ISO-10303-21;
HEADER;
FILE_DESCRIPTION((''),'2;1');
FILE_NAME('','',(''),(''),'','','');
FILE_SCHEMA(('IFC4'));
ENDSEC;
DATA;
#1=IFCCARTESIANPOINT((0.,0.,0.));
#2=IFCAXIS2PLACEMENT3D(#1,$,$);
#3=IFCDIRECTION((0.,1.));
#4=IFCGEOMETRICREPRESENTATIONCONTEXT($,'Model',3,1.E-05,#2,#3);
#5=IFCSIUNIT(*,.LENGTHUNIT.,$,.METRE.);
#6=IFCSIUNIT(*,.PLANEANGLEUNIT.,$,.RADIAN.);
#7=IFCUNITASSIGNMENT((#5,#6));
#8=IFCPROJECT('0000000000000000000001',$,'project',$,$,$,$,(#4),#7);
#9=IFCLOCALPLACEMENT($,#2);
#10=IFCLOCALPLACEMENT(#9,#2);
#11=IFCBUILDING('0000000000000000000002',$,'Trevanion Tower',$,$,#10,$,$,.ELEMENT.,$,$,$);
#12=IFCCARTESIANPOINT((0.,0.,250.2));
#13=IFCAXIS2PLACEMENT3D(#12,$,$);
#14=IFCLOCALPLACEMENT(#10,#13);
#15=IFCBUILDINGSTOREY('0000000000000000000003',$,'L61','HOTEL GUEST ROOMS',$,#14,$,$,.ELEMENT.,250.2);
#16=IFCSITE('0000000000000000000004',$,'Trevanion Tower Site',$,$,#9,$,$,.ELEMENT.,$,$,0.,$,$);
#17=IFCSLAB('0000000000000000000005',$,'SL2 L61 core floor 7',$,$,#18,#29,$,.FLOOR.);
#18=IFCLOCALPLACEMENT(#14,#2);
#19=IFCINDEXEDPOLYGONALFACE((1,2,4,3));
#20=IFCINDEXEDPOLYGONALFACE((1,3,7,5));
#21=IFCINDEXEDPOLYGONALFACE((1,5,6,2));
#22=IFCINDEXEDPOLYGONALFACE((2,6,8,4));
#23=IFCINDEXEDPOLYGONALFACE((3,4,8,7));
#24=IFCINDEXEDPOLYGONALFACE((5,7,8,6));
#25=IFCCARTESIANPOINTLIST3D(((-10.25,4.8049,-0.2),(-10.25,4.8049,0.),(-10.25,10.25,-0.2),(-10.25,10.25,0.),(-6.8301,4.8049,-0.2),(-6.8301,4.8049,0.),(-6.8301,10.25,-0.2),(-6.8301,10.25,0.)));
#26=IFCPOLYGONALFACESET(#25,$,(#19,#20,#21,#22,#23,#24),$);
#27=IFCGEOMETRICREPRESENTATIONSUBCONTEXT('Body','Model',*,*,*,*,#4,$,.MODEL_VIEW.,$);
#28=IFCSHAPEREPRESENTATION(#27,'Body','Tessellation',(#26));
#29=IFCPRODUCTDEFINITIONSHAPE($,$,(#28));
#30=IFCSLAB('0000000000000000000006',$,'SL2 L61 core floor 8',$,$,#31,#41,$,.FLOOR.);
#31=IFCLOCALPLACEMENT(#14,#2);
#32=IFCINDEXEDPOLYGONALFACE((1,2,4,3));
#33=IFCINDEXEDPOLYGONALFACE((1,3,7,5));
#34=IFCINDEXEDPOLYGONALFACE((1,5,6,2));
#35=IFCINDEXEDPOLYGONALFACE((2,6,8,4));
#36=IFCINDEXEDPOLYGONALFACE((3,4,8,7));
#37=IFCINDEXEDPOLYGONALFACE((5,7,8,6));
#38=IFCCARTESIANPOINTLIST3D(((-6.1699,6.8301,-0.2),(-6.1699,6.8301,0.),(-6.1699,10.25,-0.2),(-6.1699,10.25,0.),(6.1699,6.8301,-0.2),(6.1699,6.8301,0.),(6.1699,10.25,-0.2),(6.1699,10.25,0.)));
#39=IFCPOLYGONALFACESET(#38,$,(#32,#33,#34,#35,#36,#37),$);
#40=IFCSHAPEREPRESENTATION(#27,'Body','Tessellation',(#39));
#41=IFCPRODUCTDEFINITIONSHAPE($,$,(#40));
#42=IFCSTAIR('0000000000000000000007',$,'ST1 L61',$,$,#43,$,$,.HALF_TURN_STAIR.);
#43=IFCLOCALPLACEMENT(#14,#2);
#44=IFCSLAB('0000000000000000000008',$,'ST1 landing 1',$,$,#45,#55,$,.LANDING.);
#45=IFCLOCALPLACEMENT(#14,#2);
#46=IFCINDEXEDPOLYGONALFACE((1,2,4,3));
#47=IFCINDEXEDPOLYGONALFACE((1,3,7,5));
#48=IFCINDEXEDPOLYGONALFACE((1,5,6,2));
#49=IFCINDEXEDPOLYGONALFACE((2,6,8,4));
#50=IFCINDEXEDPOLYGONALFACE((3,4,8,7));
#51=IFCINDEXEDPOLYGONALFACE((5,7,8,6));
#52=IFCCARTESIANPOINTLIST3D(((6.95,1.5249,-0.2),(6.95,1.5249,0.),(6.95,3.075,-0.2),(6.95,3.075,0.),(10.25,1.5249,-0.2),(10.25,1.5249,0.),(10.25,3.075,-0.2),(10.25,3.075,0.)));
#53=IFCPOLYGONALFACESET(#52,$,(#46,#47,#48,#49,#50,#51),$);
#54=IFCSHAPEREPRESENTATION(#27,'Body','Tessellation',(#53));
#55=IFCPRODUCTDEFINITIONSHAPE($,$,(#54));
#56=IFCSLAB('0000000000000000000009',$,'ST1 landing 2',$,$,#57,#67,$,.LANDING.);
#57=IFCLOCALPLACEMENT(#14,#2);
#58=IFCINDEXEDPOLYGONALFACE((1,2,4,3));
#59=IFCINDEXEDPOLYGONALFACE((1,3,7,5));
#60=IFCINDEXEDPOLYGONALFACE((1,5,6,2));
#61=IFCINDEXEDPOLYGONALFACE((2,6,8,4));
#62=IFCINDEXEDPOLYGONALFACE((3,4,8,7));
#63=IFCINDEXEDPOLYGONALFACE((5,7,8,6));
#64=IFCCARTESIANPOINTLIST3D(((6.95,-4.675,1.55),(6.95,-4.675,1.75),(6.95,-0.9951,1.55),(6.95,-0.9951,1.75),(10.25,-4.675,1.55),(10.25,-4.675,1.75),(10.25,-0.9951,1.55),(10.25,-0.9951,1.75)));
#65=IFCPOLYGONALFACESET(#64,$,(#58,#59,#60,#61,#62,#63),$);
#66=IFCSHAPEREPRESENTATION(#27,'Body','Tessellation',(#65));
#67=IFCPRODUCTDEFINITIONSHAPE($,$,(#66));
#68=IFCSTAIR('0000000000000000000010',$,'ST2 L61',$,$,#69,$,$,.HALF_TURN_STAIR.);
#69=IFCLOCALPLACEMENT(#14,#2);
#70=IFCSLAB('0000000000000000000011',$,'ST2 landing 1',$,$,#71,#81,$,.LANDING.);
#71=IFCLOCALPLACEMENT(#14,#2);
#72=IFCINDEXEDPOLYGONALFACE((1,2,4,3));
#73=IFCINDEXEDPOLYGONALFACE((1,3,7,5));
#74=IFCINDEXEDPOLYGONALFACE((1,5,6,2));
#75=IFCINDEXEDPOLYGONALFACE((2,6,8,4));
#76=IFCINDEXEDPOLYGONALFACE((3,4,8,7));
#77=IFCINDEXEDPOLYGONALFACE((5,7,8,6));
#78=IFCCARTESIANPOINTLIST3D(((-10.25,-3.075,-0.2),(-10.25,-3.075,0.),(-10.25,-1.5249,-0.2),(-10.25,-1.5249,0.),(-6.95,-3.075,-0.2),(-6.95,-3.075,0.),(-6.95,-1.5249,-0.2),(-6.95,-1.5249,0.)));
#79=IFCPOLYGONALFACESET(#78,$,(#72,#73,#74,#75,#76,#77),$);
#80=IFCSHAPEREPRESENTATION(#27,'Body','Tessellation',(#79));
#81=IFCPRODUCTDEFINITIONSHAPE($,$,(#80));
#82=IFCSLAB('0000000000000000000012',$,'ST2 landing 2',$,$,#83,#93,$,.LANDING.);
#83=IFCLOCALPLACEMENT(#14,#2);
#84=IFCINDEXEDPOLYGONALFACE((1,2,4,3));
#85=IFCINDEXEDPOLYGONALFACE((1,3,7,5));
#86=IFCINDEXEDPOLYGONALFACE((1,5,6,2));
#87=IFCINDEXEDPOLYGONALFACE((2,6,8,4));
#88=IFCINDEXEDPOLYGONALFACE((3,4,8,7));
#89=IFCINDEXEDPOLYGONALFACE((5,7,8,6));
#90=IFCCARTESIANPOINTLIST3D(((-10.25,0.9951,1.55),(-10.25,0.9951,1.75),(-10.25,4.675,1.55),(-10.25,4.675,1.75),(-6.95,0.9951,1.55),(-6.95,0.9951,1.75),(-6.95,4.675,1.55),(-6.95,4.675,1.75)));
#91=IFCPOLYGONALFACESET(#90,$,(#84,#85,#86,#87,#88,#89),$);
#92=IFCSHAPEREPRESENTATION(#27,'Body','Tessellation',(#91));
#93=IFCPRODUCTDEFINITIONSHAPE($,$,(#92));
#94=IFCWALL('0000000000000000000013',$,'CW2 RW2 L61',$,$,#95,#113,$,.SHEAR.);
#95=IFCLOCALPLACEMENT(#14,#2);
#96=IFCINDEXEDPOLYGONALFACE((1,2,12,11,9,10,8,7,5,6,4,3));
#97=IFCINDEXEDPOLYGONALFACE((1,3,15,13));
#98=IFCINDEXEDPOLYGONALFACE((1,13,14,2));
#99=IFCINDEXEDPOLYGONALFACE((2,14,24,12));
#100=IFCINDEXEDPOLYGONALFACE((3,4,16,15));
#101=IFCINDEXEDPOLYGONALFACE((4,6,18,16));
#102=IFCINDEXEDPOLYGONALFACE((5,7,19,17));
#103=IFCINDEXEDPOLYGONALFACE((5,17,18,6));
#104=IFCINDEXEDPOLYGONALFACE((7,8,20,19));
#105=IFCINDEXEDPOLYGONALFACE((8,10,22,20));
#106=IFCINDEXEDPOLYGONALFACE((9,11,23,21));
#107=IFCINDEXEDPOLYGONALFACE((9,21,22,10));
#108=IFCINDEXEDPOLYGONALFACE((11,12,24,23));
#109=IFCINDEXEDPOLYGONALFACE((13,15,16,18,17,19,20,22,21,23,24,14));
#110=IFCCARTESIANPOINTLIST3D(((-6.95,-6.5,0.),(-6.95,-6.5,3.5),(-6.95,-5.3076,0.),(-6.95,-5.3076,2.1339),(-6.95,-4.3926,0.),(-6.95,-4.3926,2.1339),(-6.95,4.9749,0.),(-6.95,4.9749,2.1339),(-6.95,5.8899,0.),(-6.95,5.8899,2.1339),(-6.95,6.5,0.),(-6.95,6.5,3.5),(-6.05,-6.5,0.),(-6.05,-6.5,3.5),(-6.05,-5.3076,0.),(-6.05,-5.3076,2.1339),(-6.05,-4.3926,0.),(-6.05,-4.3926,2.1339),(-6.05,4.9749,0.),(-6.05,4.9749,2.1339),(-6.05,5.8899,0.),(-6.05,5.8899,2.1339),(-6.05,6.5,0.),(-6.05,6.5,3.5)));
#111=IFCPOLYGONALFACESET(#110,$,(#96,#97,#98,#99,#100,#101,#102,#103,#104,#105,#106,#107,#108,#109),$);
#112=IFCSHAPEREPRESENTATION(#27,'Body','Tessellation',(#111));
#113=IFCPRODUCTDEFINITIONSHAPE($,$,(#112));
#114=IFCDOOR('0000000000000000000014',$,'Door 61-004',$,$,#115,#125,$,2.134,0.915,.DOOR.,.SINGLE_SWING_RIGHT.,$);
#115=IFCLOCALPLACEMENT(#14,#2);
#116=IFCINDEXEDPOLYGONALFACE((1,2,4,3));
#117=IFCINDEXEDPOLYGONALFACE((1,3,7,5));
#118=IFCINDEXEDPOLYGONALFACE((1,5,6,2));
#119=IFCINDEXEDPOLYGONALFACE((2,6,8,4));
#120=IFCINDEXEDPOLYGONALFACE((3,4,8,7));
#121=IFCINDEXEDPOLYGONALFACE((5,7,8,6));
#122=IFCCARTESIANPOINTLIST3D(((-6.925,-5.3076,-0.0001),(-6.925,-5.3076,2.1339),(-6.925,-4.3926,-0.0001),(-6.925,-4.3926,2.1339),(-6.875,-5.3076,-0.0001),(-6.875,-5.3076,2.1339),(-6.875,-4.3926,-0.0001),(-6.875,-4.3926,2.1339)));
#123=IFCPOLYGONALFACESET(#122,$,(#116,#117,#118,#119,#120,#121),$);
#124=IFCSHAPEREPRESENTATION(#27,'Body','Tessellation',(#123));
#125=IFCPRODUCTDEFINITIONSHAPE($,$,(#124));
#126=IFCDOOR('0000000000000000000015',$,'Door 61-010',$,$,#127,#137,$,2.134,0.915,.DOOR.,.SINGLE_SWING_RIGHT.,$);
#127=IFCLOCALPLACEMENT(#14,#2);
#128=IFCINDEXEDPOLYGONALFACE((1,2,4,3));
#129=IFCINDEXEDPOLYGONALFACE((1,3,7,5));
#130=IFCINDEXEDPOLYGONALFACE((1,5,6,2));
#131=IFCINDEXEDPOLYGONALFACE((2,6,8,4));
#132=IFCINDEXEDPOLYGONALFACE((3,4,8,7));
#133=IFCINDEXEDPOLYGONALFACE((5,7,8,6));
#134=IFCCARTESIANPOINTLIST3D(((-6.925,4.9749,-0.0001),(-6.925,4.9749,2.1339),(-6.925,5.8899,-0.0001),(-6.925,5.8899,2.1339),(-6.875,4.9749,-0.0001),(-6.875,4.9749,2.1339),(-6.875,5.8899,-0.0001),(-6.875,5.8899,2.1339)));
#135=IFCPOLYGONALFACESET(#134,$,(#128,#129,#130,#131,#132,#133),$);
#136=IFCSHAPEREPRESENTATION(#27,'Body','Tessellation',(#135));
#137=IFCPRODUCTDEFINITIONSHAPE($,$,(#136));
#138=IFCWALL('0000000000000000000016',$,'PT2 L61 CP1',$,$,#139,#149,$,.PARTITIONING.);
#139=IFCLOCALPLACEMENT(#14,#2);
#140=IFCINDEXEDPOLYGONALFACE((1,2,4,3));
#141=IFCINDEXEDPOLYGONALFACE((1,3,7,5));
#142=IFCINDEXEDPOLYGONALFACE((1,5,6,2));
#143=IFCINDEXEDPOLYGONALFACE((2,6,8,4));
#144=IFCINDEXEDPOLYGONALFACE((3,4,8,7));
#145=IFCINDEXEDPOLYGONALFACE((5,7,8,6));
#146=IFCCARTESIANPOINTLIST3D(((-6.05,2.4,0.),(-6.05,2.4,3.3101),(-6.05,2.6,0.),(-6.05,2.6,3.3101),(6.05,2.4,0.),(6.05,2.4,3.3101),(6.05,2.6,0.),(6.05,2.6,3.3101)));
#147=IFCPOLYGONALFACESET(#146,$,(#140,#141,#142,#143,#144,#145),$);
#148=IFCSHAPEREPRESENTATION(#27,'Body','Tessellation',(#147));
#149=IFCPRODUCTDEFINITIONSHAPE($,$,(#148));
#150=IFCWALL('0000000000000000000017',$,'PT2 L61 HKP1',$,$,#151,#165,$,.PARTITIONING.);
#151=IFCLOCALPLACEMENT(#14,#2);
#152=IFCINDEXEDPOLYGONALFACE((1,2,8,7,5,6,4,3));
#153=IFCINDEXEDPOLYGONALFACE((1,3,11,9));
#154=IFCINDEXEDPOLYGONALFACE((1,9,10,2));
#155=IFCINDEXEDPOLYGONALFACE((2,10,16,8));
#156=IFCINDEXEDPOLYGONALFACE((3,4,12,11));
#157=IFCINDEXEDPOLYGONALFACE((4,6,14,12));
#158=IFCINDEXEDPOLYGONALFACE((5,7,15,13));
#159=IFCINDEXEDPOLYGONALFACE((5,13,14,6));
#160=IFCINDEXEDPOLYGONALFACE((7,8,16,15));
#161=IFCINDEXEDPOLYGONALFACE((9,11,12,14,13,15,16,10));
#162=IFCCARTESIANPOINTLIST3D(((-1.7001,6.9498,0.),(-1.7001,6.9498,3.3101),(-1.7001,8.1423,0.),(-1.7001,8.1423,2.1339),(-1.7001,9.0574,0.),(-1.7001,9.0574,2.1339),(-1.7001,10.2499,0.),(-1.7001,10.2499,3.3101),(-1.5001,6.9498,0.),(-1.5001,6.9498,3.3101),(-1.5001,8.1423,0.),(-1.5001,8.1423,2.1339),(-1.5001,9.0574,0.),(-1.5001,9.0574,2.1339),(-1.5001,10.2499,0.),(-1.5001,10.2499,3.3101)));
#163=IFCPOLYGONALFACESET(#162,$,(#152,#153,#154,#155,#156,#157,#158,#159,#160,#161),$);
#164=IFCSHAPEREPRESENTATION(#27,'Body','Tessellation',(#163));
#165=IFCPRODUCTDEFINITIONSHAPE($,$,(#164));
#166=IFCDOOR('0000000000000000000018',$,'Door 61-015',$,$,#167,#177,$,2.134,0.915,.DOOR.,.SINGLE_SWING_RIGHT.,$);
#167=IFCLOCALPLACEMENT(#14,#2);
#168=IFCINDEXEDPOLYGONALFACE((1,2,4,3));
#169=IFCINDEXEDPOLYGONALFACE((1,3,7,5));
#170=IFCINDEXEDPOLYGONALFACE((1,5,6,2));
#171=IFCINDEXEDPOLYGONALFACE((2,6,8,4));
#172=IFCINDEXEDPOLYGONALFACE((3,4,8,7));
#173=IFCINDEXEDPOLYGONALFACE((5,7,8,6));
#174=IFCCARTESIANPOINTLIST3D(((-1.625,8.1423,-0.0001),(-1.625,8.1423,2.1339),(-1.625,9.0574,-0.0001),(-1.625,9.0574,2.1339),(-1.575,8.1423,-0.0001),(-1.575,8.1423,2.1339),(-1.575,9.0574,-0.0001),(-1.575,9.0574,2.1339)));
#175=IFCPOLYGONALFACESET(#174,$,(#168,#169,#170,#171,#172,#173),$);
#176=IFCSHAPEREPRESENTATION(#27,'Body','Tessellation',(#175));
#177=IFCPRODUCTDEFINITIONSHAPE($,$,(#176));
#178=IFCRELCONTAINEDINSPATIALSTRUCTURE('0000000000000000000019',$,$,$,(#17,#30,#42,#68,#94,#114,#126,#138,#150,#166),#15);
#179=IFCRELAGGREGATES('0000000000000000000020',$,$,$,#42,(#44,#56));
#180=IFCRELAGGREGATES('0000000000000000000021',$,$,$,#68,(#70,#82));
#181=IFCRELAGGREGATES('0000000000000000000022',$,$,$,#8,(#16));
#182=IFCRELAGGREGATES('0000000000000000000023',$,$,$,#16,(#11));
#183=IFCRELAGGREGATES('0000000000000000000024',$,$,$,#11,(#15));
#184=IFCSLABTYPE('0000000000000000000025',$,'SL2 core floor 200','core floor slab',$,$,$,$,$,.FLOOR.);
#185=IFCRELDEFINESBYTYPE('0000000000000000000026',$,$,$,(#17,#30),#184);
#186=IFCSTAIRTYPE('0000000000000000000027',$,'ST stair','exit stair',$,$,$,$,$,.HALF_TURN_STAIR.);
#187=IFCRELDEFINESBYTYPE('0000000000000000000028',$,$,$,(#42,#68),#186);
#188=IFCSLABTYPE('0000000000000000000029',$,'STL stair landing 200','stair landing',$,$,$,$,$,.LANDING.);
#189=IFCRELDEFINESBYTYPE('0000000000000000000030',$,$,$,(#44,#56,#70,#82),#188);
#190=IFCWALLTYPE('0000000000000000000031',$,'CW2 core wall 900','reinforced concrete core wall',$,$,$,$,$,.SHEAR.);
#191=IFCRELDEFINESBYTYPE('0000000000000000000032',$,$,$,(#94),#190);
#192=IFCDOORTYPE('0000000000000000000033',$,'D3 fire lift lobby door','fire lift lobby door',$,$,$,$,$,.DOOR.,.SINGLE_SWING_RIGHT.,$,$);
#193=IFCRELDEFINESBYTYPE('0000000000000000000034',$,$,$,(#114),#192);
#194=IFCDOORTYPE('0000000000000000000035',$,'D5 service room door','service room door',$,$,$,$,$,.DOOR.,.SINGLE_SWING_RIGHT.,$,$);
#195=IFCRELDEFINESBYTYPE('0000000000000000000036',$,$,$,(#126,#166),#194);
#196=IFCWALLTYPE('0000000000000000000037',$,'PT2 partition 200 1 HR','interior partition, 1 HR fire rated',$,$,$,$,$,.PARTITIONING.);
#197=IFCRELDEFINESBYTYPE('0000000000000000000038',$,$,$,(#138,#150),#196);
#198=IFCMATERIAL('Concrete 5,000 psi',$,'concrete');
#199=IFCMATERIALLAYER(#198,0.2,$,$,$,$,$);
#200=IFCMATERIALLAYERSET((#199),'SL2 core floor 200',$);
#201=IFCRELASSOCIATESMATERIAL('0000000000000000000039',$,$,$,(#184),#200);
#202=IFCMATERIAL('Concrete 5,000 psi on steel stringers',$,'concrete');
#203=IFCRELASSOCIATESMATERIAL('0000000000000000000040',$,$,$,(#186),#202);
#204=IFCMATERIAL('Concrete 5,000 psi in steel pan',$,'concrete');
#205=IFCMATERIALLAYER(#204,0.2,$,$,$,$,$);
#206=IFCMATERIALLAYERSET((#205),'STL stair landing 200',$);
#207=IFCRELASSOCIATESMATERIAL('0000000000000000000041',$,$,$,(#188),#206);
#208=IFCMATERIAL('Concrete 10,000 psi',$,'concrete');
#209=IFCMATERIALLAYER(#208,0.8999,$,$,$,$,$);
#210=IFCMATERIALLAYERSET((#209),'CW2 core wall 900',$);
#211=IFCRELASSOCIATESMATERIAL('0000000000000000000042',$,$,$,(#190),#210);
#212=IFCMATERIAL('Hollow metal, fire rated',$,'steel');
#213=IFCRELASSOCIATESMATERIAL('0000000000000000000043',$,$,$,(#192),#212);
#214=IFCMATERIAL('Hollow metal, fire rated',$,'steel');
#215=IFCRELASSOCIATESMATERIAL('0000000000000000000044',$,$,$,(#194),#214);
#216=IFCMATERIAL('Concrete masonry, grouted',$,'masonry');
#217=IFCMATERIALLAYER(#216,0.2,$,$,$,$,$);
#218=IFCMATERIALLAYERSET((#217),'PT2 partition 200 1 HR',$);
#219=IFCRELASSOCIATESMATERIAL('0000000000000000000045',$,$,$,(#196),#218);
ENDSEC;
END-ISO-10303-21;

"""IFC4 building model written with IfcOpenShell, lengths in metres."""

from ifc_helpers import new_model, si_unit, direction, frame, frame_2d, origin, place, context, subcontext, project, spatial, polyline, rectangle, outline, extrude, material, layer, layer_set, type_object, element, fill, aggregate, save


model = new_model("IFC4")

# Units and contexts
model_context = context("Model", 3, precision=1e-05, world=origin(), true_north=direction((0.0, 1.0)))
body_context = subcontext(model_context, "Body", "Model", "MODEL_VIEW")
ifc_project = project(units=[si_unit("LENGTHUNIT", "METRE"), si_unit("PLANEANGLEUNIT", "RADIAN")], contexts=[model_context])

# Site, building, storey
site_placement = place(None, origin())
site = spatial("IfcSite", under=ifc_project, at=site_placement, Name="Trevanion Tower Site", CompositionType="ELEMENT", RefElevation=0.0)
building_placement = place(site_placement, origin())
building = spatial("IfcBuilding", under=site, at=building_placement, Name="Trevanion Tower", CompositionType="ELEMENT")
storey_placement = place(building_placement, frame((0.0, 0.0, 250.2)))
storey = spatial("IfcBuildingStorey", under=building, at=storey_placement, Name="L61", Description="HOTEL GUEST ROOMS", CompositionType="ELEMENT", Elevation=250.2)

# Slabs
ifc_material_1 = material(Name="Concrete 5,000 psi", Category="concrete")
ifc_layer_1 = layer(ifc_material_1, 0.2)
ifc_layer_set_1 = layer_set([ifc_layer_1], Name="SL2 core floor 200")
slab_type_1 = type_object("IfcSlabType", Name="SL2 core floor 200", Description="core floor slab", PredefinedType="FLOOR", material=ifc_layer_set_1)
slab_1_placement = place(storey_placement, frame((0.0, 0.0, -0.2)))
element("IfcSlab", 1, at=slab_1_placement, inside=storey, type_object=slab_type_1, Name="SL2 L61 core floor 7", PredefinedType="FLOOR", context=body_context, shape_type="SweptSolid", body=[
    extrude(outline(polyline([(-6.8301, 4.8049), (-10.25, 4.8049), (-10.25, 10.25), (-6.8301, 10.25), (-6.8301, 4.8049)])), origin(), (0.0, 0.0, 1.0), 0.2),
])
slab_2_placement = place(storey_placement, frame((0.0, 0.0, -0.2)))
element("IfcSlab", 2, at=slab_2_placement, inside=storey, type_object=slab_type_1, Name="SL2 L61 core floor 8", PredefinedType="FLOOR", context=body_context, shape_type="SweptSolid", body=[
    extrude(outline(polyline([(6.1699, 6.8301), (-6.1699, 6.8301), (-6.1699, 10.25), (6.1699, 10.25), (6.1699, 6.8301)])), origin(), (0.0, 0.0, 1.0), 0.2),
])

# Stairs, slabs
ifc_material_2 = material(Name="Concrete 5,000 psi on steel stringers", Category="concrete")
stair_type = type_object("IfcStairType", Name="ST stair", Description="exit stair", PredefinedType="HALF_TURN_STAIR", material=ifc_material_2)
stair_1_placement = place(storey_placement, origin())
stair_1 = element("IfcStair", 3, at=stair_1_placement, inside=storey, type_object=stair_type, Name="ST1 L61", PredefinedType="HALF_TURN_STAIR")
ifc_material_3 = material(Name="Concrete 5,000 psi in steel pan", Category="concrete")
ifc_layer_2 = layer(ifc_material_3, 0.2)
ifc_layer_set_2 = layer_set([ifc_layer_2], Name="STL stair landing 200")
slab_type_2 = type_object("IfcSlabType", Name="STL stair landing 200", Description="stair landing", PredefinedType="LANDING", material=ifc_layer_set_2)
slab_3_placement = place(storey_placement, frame((0.0, 0.0, -0.2)))
slab_3 = element("IfcSlab", 4, at=slab_3_placement, type_object=slab_type_2, Name="ST1 landing 1", PredefinedType="LANDING", context=body_context, shape_type="SweptSolid", body=[
    extrude(outline(polyline([(6.95, 1.5249), (10.25, 1.5249), (10.25, 3.075), (6.95, 3.075), (6.95, 1.5249)])), origin(), (0.0, 0.0, 1.0), 0.2),
])
slab_4_placement = place(storey_placement, frame((0.0, 0.0, 1.55)))
slab_4 = element("IfcSlab", 5, at=slab_4_placement, type_object=slab_type_2, Name="ST1 landing 2", PredefinedType="LANDING", context=body_context, shape_type="SweptSolid", body=[
    extrude(outline(polyline([(6.95, -4.675), (10.25, -4.675), (10.25, -0.9951), (6.95, -0.9951), (6.95, -4.675)])), origin(), (0.0, 0.0, 1.0), 0.2),
])
aggregate(stair_1, [slab_3, slab_4])
stair_2_placement = place(storey_placement, origin())
stair_2 = element("IfcStair", 6, at=stair_2_placement, inside=storey, type_object=stair_type, Name="ST2 L61", PredefinedType="HALF_TURN_STAIR")
slab_5_placement = place(storey_placement, frame((0.0, 0.0, -0.2)))
slab_5 = element("IfcSlab", 7, at=slab_5_placement, type_object=slab_type_2, Name="ST2 landing 1", PredefinedType="LANDING", context=body_context, shape_type="SweptSolid", body=[
    extrude(outline(polyline([(-6.95, -1.5249), (-10.25, -1.5249), (-10.25, -3.075), (-6.95, -3.075), (-6.95, -1.5249)])), origin(), (0.0, 0.0, 1.0), 0.2),
])
slab_6_placement = place(storey_placement, frame((0.0, 0.0, 1.55)))
slab_6 = element("IfcSlab", 8, at=slab_6_placement, type_object=slab_type_2, Name="ST2 landing 2", PredefinedType="LANDING", context=body_context, shape_type="SweptSolid", body=[
    extrude(outline(polyline([(-6.95, 4.675), (-10.25, 4.675), (-10.25, 0.9951), (-6.95, 0.9951), (-6.95, 4.675)])), origin(), (0.0, 0.0, 1.0), 0.2),
])

# Wall, openings, doors
ifc_material_4 = material(Name="Concrete 10,000 psi", Category="concrete")
ifc_layer_3 = layer(ifc_material_4, 0.8999)
ifc_layer_set_3 = layer_set([ifc_layer_3], Name="CW2 core wall 900")
wall_type_1 = type_object("IfcWallType", Name="CW2 core wall 900", Description="reinforced concrete core wall", PredefinedType="SHEAR", material=ifc_layer_set_3)
wall_1_placement = place(storey_placement, frame((-6.5, 6.5, 0.0), z_axis=(0.0, 0.0, 1.0), x_axis=(0.0, -1.0, 0.0)))
wall_1 = element("IfcWall", 9, at=wall_1_placement, inside=storey, type_object=wall_type_1, Name="CW2 RW2 L61", PredefinedType="SHEAR", context=body_context, shape_type="SweptSolid", body=[
    extrude(rectangle(XDim=13.0, YDim=0.8999, at=frame_2d((6.5, 0.0))), origin(), (0.0, 0.0, 1.0), 3.5),
])
opening_1_placement = place(wall_1_placement, frame((10.8926, 0.0, 0.0)))
opening_1 = element("IfcOpeningElement", 10, at=opening_1_placement, cuts=wall_1, PredefinedType="OPENING", context=body_context, shape_type="SweptSolid", body=[
    extrude(rectangle(XDim=0.915, YDim=2.134, at=frame_2d((0.4575, 1.0669))), frame((0.0, 0.46, 0.0), z_axis=(0.0, -1.0, 0.0), x_axis=(1.0, 0.0, 0.0)), (0.0, 0.0, 1.0), 0.9199),
])
opening_2_placement = place(wall_1_placement, frame((0.6101, 0.0, 0.0)))
opening_2 = element("IfcOpeningElement", 11, at=opening_2_placement, cuts=wall_1, PredefinedType="OPENING", context=body_context, shape_type="SweptSolid", body=[
    extrude(rectangle(XDim=0.915, YDim=2.134, at=frame_2d((0.4575, 1.0669))), frame((0.0, 0.46, 0.0), z_axis=(0.0, -1.0, 0.0), x_axis=(1.0, 0.0, 0.0)), (0.0, 0.0, 1.0), 0.9199),
])
ifc_material_5 = material(Name="Hollow metal, fire rated", Category="steel")
door_type_1 = type_object("IfcDoorType", Name="D3 fire lift lobby door", Description="fire lift lobby door", OperationType="SINGLE_SWING_RIGHT", PredefinedType="DOOR", material=ifc_material_5)
door_1_placement = place(opening_1_placement, origin())
door_1 = element("IfcDoor", 12, at=door_1_placement, inside=storey, type_object=door_type_1, Name="Door 61-004", OperationType="SINGLE_SWING_RIGHT", OverallHeight=2.134, OverallWidth=0.915, PredefinedType="DOOR", context=body_context, shape_type="SweptSolid", body=[
    extrude(rectangle(XDim=0.915, YDim=2.134, at=frame_2d((0.4575, 1.0669))), frame((0.0, -0.375, 0.0), z_axis=(0.0, -1.0, 0.0), x_axis=(1.0, 0.0, 0.0)), (0.0, 0.0, 1.0), 0.05),
])
fill(opening_1, door_1)
ifc_material_6 = material(Name="Hollow metal, fire rated", Category="steel")
door_type_2 = type_object("IfcDoorType", Name="D5 service room door", Description="service room door", OperationType="SINGLE_SWING_RIGHT", PredefinedType="DOOR", material=ifc_material_6)
door_2_placement = place(opening_2_placement, origin())
door_2 = element("IfcDoor", 13, at=door_2_placement, inside=storey, type_object=door_type_2, Name="Door 61-010", OperationType="SINGLE_SWING_RIGHT", OverallHeight=2.134, OverallWidth=0.915, PredefinedType="DOOR", context=body_context, shape_type="SweptSolid", body=[
    extrude(rectangle(XDim=0.915, YDim=2.134, at=frame_2d((0.4575, 1.0669))), frame((0.0, -0.375, 0.0), z_axis=(0.0, -1.0, 0.0), x_axis=(1.0, 0.0, 0.0)), (0.0, 0.0, 1.0), 0.05),
])
fill(opening_2, door_2)

# Wall
ifc_material_7 = material(Name="Concrete masonry, grouted", Category="masonry")
ifc_layer_4 = layer(ifc_material_7, 0.2)
ifc_layer_set_4 = layer_set([ifc_layer_4], Name="PT2 partition 200 1 HR")
wall_type_2 = type_object("IfcWallType", Name="PT2 partition 200 1 HR", Description="interior partition, 1 HR fire rated", PredefinedType="PARTITIONING", material=ifc_layer_set_4)
wall_2_placement = place(storey_placement, frame((-6.05, 2.5, 0.0), z_axis=(0.0, 0.0, 1.0), x_axis=(1.0, 0.0, 0.0)))
element("IfcWall", 14, at=wall_2_placement, inside=storey, type_object=wall_type_2, Name="PT2 L61 CP1", PredefinedType="PARTITIONING", context=body_context, shape_type="SweptSolid", body=[
    extrude(rectangle(XDim=12.1001, YDim=0.2, at=frame_2d((6.05, 0.0))), origin(), (0.0, 0.0, 1.0), 3.3101),
])

# Wall, opening, door
wall_3_placement = place(storey_placement, frame((-1.6001, 6.95, 0.0), z_axis=(0.0, 0.0, 1.0), x_axis=(0.0, 1.0, 0.0)))
wall_3 = element("IfcWall", 15, at=wall_3_placement, inside=storey, type_object=wall_type_2, Name="PT2 L61 HKP1", PredefinedType="PARTITIONING", context=body_context, shape_type="SweptSolid", body=[
    extrude(rectangle(XDim=3.3, YDim=0.2, at=frame_2d((1.6499, 0.0))), origin(), (0.0, 0.0, 1.0), 3.3101),
])
opening_3_placement = place(wall_3_placement, frame((1.1924, 0.0, 0.0)))
opening_3 = element("IfcOpeningElement", 16, at=opening_3_placement, cuts=wall_3, PredefinedType="OPENING", context=body_context, shape_type="SweptSolid", body=[
    extrude(rectangle(XDim=0.915, YDim=2.134, at=frame_2d((0.4575, 1.0669))), frame((0.0, 0.1099, 0.0), z_axis=(0.0, -1.0, 0.0), x_axis=(1.0, 0.0, 0.0)), (0.0, 0.0, 1.0), 0.22),
])
door_3_placement = place(opening_3_placement, origin())
door_3 = element("IfcDoor", 17, at=door_3_placement, inside=storey, type_object=door_type_2, Name="Door 61-015", OperationType="SINGLE_SWING_RIGHT", OverallHeight=2.134, OverallWidth=0.915, PredefinedType="DOOR", context=body_context, shape_type="SweptSolid", body=[
    extrude(rectangle(XDim=0.915, YDim=2.134, at=frame_2d((0.4575, 1.0669))), frame((0.0, 0.0249, 0.0), z_axis=(0.0, -1.0, 0.0), x_axis=(1.0, 0.0, 0.0)), (0.0, 0.0, 1.0), 0.05),
])
fill(opening_3, door_3)

aggregate(stair_2, [slab_5, slab_6])

save(model, "model.ifc")
